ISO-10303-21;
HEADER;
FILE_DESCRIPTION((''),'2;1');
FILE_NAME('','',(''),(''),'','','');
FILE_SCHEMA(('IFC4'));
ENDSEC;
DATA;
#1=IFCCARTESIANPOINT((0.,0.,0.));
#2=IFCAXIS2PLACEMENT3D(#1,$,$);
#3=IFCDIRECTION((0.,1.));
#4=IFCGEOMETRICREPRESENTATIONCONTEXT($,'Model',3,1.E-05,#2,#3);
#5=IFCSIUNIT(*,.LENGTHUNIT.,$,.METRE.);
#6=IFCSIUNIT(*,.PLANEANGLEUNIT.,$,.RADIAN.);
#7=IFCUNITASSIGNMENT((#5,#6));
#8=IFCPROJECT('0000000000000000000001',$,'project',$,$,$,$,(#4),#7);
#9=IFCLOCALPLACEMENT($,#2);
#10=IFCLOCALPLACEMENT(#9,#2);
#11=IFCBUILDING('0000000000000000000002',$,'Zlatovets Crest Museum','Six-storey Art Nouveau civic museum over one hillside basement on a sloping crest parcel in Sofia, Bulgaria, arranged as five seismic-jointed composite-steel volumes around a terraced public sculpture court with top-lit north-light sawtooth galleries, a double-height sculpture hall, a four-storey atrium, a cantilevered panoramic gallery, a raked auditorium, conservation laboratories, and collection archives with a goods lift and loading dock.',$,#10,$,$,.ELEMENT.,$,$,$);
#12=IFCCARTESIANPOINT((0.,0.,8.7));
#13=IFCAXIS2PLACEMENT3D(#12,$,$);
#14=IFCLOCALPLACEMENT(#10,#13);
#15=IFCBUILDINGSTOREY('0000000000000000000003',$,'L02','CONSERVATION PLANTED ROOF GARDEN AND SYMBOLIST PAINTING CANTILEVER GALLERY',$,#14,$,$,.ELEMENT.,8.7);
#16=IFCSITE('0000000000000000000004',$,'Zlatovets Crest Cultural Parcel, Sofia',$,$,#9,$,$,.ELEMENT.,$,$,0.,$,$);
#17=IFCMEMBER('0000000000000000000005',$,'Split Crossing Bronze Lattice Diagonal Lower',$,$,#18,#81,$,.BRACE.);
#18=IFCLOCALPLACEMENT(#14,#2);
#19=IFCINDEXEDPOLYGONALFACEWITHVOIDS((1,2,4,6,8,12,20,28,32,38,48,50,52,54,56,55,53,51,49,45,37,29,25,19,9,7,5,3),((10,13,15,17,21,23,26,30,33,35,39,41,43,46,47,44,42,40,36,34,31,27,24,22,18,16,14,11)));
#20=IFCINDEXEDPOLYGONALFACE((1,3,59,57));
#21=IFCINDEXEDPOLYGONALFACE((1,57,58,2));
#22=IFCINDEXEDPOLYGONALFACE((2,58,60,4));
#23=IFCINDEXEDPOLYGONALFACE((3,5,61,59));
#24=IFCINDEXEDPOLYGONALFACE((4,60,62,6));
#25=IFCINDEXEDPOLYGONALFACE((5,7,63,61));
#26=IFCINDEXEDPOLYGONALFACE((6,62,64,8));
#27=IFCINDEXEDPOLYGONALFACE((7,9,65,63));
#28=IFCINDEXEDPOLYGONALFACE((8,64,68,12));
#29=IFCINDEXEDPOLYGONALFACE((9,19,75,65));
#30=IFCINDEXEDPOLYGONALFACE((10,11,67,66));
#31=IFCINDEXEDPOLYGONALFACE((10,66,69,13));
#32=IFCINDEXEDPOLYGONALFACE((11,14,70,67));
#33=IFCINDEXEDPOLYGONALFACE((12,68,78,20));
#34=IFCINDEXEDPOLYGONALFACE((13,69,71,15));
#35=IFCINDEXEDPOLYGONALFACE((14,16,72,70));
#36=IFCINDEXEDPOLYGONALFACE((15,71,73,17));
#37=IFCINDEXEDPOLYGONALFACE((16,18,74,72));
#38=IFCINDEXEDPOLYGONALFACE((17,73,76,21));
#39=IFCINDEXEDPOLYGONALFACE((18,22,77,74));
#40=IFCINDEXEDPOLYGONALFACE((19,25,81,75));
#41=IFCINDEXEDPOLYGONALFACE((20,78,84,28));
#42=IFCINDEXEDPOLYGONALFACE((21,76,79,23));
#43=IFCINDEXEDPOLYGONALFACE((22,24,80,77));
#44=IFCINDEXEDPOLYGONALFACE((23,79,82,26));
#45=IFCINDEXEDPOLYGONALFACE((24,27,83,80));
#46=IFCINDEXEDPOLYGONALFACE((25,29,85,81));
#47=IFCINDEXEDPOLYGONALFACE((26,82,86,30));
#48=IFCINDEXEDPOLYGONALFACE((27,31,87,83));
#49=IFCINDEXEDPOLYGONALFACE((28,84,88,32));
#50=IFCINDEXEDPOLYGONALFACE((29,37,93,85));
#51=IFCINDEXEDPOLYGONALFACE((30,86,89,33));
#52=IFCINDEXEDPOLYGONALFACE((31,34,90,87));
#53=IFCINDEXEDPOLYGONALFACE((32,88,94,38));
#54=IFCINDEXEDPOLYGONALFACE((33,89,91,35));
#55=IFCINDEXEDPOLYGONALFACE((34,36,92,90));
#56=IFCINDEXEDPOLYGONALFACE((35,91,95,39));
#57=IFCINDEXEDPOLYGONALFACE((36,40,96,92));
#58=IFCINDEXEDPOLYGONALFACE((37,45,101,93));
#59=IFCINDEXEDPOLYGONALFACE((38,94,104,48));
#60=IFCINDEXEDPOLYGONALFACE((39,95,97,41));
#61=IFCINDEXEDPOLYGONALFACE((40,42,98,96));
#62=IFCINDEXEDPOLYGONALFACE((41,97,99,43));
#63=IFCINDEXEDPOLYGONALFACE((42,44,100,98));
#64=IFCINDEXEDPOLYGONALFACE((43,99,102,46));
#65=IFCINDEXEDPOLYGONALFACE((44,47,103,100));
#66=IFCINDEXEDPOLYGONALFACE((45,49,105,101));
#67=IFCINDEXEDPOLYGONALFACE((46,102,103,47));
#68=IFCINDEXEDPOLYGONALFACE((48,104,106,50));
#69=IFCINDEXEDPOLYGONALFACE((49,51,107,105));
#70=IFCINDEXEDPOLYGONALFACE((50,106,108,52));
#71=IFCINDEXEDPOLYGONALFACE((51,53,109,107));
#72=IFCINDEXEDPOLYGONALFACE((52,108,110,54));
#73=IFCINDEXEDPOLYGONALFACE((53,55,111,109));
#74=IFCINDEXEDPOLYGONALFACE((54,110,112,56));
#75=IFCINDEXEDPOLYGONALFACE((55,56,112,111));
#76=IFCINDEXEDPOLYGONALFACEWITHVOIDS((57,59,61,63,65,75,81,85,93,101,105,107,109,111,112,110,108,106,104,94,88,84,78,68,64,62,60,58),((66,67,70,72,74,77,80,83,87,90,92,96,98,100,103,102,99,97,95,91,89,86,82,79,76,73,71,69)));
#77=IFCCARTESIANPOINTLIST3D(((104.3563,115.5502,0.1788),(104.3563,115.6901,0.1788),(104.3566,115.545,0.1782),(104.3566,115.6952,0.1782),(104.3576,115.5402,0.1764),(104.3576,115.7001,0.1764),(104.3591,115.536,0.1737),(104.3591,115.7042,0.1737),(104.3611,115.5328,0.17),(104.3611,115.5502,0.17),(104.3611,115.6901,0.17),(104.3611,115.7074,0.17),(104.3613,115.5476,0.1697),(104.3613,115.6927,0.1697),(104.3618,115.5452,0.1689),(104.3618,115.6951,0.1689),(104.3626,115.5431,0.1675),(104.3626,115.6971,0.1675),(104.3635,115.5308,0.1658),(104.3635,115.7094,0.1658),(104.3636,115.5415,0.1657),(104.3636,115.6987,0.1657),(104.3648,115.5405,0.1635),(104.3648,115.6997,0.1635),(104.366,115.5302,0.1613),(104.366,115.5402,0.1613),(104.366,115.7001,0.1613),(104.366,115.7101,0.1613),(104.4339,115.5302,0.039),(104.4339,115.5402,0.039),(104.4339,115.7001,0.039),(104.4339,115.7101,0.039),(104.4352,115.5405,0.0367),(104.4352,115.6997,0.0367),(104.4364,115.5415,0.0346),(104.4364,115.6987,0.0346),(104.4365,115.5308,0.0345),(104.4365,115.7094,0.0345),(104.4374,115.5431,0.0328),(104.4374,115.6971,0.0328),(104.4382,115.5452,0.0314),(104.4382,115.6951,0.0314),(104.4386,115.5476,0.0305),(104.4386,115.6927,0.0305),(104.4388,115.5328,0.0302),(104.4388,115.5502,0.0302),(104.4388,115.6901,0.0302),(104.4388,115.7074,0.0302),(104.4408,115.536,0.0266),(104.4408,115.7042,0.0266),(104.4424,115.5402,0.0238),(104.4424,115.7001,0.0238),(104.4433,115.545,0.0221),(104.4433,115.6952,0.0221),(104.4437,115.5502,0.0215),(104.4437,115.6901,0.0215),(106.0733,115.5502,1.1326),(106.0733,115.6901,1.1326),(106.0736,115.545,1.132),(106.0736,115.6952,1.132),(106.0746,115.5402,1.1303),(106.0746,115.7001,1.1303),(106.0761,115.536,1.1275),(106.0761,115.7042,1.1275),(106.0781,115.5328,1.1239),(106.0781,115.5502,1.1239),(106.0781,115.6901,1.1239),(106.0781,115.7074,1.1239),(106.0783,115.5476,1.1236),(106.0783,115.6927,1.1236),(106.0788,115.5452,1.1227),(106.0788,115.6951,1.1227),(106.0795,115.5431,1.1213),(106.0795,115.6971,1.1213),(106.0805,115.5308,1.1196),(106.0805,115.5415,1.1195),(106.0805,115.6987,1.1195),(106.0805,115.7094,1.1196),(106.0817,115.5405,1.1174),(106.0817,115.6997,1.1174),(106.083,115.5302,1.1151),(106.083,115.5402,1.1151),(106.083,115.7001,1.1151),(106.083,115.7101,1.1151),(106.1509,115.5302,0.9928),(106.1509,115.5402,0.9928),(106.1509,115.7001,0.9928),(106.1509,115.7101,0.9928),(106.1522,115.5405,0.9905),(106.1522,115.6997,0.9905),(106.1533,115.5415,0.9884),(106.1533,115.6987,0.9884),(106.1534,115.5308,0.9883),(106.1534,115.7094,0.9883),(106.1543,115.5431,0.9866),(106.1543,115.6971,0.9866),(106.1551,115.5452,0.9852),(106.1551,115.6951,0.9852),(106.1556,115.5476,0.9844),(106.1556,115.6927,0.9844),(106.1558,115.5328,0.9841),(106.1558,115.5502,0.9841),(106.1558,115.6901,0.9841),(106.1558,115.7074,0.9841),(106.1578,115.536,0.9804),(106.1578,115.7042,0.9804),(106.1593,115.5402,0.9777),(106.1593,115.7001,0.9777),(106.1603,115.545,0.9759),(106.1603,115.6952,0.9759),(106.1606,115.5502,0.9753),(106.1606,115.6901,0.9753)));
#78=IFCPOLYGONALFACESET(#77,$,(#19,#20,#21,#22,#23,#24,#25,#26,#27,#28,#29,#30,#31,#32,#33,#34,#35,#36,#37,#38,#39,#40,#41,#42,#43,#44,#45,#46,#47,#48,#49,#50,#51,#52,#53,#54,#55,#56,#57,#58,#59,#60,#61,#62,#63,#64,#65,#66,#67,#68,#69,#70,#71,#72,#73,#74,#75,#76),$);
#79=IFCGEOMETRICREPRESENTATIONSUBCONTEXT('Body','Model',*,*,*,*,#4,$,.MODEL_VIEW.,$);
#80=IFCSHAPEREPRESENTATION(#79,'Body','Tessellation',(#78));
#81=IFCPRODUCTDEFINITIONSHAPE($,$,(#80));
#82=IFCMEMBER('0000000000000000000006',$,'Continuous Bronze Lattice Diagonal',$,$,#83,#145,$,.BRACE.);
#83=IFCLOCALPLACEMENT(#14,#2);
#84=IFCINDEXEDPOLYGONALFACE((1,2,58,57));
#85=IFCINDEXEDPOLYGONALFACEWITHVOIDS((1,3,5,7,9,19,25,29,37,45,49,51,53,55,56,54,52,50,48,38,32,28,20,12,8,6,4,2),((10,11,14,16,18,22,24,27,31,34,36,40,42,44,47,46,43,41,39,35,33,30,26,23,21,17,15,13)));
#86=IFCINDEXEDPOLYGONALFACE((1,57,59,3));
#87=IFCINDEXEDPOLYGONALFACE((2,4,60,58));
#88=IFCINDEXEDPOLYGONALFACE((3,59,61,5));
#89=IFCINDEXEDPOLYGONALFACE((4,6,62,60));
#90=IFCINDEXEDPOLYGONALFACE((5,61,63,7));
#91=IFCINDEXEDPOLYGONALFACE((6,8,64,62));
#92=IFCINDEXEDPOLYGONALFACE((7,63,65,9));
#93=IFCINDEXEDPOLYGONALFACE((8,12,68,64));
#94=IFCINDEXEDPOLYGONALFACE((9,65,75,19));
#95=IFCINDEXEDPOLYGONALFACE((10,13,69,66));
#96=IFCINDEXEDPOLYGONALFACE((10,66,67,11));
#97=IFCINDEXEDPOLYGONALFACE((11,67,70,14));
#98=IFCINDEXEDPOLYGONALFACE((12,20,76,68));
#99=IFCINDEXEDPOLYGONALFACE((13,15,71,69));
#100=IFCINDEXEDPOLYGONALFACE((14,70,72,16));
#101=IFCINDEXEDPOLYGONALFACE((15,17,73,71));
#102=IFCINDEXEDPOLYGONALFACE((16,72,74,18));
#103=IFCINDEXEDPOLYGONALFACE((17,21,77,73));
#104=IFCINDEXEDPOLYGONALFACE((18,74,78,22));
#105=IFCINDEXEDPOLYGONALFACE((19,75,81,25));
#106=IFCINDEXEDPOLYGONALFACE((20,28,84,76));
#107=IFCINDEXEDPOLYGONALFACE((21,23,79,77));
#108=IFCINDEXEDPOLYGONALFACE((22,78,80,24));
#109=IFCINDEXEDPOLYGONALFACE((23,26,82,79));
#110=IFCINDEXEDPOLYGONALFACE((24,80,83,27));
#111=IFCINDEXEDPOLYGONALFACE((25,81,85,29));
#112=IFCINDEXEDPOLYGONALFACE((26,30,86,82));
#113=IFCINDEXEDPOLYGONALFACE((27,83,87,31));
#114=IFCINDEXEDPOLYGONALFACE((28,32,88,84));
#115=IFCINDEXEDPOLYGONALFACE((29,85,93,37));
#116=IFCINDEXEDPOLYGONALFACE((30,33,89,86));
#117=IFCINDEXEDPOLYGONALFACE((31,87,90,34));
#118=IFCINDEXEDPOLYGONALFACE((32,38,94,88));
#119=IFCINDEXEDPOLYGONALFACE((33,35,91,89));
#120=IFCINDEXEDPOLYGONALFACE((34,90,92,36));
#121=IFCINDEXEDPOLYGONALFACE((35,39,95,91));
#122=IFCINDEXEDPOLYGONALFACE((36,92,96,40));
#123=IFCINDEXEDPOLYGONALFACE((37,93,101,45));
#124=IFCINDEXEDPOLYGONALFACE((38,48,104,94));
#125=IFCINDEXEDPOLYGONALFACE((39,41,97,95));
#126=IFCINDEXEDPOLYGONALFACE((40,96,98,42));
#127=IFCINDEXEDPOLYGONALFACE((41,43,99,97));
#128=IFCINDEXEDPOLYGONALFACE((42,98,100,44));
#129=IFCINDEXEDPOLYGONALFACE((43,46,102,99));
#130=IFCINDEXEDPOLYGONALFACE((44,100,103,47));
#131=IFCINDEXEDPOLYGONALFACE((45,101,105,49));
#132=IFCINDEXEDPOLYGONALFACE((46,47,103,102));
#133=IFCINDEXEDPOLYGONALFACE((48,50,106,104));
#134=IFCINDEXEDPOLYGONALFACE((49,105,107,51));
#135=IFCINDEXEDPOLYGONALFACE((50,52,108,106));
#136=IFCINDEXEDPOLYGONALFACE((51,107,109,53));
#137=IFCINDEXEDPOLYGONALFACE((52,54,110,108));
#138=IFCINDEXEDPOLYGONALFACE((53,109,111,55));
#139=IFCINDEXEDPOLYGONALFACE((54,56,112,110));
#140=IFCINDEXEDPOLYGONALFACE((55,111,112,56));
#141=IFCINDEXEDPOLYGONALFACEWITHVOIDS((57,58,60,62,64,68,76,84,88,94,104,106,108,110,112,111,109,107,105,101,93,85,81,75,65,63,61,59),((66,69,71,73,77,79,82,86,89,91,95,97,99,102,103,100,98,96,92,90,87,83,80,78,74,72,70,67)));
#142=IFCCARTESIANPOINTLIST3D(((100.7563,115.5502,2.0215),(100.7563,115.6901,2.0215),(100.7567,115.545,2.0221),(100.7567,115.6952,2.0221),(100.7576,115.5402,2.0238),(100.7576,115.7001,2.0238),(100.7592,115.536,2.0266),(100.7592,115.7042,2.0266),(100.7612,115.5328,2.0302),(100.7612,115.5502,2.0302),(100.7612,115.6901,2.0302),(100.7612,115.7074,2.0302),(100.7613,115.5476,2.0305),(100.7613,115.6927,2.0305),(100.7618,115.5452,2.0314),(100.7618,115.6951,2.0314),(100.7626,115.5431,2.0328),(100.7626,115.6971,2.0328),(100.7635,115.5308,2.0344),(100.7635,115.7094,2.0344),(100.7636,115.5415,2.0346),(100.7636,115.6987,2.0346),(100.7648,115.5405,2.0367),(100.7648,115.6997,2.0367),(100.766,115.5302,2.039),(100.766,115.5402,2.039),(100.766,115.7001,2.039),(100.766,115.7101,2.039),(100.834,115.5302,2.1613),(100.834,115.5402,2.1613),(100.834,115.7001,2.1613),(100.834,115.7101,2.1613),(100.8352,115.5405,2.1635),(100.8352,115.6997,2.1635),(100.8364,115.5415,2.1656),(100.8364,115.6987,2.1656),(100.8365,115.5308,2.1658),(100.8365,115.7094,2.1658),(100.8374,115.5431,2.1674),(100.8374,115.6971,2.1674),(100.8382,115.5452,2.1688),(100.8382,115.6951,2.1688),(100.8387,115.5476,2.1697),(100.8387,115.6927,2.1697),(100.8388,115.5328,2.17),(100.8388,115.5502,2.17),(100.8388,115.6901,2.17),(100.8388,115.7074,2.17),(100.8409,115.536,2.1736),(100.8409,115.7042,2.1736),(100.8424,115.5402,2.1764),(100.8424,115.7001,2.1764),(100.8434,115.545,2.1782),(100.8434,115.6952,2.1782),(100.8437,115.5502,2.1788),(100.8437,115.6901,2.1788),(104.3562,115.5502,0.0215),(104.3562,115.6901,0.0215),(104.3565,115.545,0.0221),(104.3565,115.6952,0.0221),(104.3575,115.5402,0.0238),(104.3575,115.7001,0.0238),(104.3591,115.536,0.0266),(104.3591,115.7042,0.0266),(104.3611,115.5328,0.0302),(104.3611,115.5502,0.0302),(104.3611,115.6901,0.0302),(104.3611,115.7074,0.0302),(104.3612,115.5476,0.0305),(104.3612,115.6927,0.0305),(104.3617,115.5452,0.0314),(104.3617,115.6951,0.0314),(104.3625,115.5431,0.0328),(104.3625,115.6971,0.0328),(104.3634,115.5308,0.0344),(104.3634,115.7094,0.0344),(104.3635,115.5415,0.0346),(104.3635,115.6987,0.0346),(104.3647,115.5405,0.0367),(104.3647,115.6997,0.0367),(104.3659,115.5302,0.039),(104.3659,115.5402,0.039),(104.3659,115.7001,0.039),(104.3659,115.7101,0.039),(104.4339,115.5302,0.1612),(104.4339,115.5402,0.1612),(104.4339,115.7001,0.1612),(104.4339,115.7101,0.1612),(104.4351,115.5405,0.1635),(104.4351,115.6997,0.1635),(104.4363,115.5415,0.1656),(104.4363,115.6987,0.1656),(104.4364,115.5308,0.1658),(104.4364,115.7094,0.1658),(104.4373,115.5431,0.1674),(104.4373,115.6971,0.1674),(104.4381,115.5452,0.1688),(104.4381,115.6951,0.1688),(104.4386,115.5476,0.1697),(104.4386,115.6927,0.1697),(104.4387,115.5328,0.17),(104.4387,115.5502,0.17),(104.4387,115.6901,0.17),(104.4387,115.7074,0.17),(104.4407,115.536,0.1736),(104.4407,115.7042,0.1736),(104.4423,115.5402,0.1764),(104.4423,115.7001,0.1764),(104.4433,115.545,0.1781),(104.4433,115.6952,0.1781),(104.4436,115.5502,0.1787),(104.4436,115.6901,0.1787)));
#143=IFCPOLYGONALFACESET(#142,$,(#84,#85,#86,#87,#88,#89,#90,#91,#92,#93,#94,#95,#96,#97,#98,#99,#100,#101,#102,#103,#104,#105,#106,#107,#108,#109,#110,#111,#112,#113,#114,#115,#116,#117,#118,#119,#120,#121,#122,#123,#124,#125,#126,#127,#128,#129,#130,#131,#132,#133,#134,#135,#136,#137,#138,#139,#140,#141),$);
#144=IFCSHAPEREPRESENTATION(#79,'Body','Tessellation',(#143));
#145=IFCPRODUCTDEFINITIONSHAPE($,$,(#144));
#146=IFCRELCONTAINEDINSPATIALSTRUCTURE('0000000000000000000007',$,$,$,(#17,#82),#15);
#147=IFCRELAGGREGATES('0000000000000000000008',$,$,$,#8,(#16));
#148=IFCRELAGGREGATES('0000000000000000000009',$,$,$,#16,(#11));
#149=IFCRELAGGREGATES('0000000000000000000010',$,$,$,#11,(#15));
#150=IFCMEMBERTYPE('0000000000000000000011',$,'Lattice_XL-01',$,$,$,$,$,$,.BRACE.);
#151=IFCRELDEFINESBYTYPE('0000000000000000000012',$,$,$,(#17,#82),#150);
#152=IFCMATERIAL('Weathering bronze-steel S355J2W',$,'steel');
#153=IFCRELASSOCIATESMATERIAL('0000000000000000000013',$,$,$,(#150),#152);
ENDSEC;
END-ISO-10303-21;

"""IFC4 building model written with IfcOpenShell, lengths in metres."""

from ifc_helpers import new_model, si_unit, direction, frame, origin, origin_2d, place, context, subcontext, project, spatial, hollow_rectangle, extrude, material, material_profile, profile_set, type_object, element, save


model = new_model("IFC4")

# Units and contexts
model_context = context("Model", 3, precision=1e-05, world=origin(), true_north=direction((0.0, 1.0)))
body_context = subcontext(model_context, "Body", "Model", "MODEL_VIEW")
ifc_project = project(units=[si_unit("LENGTHUNIT", "METRE"), si_unit("PLANEANGLEUNIT", "RADIAN")], contexts=[model_context])

# Site, building, storey
site_placement = place(None, origin())
site = spatial("IfcSite", under=ifc_project, at=site_placement, Name="Zlatovets Crest Cultural Parcel, Sofia", CompositionType="ELEMENT", RefElevation=0.0)
building_placement = place(site_placement, origin())
building = spatial("IfcBuilding", under=site, at=building_placement, Name="Zlatovets Crest Museum", Description="Six-storey Art Nouveau civic museum over one hillside basement on a sloping crest parcel in Sofia, Bulgaria, arranged as five seismic-jointed composite-steel volumes around a terraced public sculpture court with top-lit north-light sawtooth galleries, a double-height sculpture hall, a four-storey atrium, a cantilevered panoramic gallery, a raked auditorium, conservation laboratories, and collection archives with a goods lift and loading dock.", CompositionType="ELEMENT")
storey_placement = place(building_placement, frame((0.0, 0.0, 8.7)))
storey = spatial("IfcBuildingStorey", under=building, at=storey_placement, Name="L02", Description="CONSERVATION PLANTED ROOF GARDEN AND SYMBOLIST PAINTING CANTILEVER GALLERY", CompositionType="ELEMENT", Elevation=8.7)

# Members
ifc_material_1 = material(Name="Weathering bronze-steel S355J2W", Category="steel")
ifc_material_profile_1 = material_profile(ifc_material_1, hollow_rectangle(XDim=0.1799, YDim=0.1799, WallThickness=0.01, InnerFilletRadius=0.01, OuterFilletRadius=0.02, at=origin_2d()), Name="SHS 180x180x10.0")
ifc_profile_set_1 = profile_set([ifc_material_profile_1], Name="Weathering bronze-steel S355J2W")
member_type_1 = type_object("IfcMemberType", Name="Lattice_XL-01", PredefinedType="BRACE", material=ifc_profile_set_1)
for number, where, z_axis, x_axis, name in (
    (1, (106.1169, 115.6201, 1.054), (-0.874169, 0.0, -0.485622), (0.0, -1.0, 0.0), "Split Crossing Bronze Lattice Diagonal Lower"),
):
    element("IfcMember", number, at=place(storey_placement, frame(where, z_axis=z_axis, x_axis=x_axis)), inside=storey, type_object=member_type_1, Name=name, PredefinedType="BRACE", context=body_context, shape_type="SweptSolid", body=[
        extrude(hollow_rectangle(XDim=0.1799, YDim=0.1799, WallThickness=0.01, InnerFilletRadius=0.01, OuterFilletRadius=0.02, at=origin_2d()), origin(), (0.0, 0.0, 1.0), 1.9641),
    ])
member_1_placement = place(storey_placement, frame((104.3999, 115.6201, 0.1001), z_axis=(-0.874149, 0.0, 0.485658), x_axis=(0.0, -1.0, 0.0)))
element("IfcMember", 2, at=member_1_placement, inside=storey, type_object=member_type_1, Name="Continuous Bronze Lattice Diagonal", PredefinedType="BRACE", context=body_context, shape_type="SweptSolid", body=[
    extrude(hollow_rectangle(XDim=0.1799, YDim=0.1799, WallThickness=0.01, InnerFilletRadius=0.01, OuterFilletRadius=0.02, at=origin_2d()), origin(), (0.0, 0.0, 1.0), 4.1182),
])

save(model, "model.ifc")
